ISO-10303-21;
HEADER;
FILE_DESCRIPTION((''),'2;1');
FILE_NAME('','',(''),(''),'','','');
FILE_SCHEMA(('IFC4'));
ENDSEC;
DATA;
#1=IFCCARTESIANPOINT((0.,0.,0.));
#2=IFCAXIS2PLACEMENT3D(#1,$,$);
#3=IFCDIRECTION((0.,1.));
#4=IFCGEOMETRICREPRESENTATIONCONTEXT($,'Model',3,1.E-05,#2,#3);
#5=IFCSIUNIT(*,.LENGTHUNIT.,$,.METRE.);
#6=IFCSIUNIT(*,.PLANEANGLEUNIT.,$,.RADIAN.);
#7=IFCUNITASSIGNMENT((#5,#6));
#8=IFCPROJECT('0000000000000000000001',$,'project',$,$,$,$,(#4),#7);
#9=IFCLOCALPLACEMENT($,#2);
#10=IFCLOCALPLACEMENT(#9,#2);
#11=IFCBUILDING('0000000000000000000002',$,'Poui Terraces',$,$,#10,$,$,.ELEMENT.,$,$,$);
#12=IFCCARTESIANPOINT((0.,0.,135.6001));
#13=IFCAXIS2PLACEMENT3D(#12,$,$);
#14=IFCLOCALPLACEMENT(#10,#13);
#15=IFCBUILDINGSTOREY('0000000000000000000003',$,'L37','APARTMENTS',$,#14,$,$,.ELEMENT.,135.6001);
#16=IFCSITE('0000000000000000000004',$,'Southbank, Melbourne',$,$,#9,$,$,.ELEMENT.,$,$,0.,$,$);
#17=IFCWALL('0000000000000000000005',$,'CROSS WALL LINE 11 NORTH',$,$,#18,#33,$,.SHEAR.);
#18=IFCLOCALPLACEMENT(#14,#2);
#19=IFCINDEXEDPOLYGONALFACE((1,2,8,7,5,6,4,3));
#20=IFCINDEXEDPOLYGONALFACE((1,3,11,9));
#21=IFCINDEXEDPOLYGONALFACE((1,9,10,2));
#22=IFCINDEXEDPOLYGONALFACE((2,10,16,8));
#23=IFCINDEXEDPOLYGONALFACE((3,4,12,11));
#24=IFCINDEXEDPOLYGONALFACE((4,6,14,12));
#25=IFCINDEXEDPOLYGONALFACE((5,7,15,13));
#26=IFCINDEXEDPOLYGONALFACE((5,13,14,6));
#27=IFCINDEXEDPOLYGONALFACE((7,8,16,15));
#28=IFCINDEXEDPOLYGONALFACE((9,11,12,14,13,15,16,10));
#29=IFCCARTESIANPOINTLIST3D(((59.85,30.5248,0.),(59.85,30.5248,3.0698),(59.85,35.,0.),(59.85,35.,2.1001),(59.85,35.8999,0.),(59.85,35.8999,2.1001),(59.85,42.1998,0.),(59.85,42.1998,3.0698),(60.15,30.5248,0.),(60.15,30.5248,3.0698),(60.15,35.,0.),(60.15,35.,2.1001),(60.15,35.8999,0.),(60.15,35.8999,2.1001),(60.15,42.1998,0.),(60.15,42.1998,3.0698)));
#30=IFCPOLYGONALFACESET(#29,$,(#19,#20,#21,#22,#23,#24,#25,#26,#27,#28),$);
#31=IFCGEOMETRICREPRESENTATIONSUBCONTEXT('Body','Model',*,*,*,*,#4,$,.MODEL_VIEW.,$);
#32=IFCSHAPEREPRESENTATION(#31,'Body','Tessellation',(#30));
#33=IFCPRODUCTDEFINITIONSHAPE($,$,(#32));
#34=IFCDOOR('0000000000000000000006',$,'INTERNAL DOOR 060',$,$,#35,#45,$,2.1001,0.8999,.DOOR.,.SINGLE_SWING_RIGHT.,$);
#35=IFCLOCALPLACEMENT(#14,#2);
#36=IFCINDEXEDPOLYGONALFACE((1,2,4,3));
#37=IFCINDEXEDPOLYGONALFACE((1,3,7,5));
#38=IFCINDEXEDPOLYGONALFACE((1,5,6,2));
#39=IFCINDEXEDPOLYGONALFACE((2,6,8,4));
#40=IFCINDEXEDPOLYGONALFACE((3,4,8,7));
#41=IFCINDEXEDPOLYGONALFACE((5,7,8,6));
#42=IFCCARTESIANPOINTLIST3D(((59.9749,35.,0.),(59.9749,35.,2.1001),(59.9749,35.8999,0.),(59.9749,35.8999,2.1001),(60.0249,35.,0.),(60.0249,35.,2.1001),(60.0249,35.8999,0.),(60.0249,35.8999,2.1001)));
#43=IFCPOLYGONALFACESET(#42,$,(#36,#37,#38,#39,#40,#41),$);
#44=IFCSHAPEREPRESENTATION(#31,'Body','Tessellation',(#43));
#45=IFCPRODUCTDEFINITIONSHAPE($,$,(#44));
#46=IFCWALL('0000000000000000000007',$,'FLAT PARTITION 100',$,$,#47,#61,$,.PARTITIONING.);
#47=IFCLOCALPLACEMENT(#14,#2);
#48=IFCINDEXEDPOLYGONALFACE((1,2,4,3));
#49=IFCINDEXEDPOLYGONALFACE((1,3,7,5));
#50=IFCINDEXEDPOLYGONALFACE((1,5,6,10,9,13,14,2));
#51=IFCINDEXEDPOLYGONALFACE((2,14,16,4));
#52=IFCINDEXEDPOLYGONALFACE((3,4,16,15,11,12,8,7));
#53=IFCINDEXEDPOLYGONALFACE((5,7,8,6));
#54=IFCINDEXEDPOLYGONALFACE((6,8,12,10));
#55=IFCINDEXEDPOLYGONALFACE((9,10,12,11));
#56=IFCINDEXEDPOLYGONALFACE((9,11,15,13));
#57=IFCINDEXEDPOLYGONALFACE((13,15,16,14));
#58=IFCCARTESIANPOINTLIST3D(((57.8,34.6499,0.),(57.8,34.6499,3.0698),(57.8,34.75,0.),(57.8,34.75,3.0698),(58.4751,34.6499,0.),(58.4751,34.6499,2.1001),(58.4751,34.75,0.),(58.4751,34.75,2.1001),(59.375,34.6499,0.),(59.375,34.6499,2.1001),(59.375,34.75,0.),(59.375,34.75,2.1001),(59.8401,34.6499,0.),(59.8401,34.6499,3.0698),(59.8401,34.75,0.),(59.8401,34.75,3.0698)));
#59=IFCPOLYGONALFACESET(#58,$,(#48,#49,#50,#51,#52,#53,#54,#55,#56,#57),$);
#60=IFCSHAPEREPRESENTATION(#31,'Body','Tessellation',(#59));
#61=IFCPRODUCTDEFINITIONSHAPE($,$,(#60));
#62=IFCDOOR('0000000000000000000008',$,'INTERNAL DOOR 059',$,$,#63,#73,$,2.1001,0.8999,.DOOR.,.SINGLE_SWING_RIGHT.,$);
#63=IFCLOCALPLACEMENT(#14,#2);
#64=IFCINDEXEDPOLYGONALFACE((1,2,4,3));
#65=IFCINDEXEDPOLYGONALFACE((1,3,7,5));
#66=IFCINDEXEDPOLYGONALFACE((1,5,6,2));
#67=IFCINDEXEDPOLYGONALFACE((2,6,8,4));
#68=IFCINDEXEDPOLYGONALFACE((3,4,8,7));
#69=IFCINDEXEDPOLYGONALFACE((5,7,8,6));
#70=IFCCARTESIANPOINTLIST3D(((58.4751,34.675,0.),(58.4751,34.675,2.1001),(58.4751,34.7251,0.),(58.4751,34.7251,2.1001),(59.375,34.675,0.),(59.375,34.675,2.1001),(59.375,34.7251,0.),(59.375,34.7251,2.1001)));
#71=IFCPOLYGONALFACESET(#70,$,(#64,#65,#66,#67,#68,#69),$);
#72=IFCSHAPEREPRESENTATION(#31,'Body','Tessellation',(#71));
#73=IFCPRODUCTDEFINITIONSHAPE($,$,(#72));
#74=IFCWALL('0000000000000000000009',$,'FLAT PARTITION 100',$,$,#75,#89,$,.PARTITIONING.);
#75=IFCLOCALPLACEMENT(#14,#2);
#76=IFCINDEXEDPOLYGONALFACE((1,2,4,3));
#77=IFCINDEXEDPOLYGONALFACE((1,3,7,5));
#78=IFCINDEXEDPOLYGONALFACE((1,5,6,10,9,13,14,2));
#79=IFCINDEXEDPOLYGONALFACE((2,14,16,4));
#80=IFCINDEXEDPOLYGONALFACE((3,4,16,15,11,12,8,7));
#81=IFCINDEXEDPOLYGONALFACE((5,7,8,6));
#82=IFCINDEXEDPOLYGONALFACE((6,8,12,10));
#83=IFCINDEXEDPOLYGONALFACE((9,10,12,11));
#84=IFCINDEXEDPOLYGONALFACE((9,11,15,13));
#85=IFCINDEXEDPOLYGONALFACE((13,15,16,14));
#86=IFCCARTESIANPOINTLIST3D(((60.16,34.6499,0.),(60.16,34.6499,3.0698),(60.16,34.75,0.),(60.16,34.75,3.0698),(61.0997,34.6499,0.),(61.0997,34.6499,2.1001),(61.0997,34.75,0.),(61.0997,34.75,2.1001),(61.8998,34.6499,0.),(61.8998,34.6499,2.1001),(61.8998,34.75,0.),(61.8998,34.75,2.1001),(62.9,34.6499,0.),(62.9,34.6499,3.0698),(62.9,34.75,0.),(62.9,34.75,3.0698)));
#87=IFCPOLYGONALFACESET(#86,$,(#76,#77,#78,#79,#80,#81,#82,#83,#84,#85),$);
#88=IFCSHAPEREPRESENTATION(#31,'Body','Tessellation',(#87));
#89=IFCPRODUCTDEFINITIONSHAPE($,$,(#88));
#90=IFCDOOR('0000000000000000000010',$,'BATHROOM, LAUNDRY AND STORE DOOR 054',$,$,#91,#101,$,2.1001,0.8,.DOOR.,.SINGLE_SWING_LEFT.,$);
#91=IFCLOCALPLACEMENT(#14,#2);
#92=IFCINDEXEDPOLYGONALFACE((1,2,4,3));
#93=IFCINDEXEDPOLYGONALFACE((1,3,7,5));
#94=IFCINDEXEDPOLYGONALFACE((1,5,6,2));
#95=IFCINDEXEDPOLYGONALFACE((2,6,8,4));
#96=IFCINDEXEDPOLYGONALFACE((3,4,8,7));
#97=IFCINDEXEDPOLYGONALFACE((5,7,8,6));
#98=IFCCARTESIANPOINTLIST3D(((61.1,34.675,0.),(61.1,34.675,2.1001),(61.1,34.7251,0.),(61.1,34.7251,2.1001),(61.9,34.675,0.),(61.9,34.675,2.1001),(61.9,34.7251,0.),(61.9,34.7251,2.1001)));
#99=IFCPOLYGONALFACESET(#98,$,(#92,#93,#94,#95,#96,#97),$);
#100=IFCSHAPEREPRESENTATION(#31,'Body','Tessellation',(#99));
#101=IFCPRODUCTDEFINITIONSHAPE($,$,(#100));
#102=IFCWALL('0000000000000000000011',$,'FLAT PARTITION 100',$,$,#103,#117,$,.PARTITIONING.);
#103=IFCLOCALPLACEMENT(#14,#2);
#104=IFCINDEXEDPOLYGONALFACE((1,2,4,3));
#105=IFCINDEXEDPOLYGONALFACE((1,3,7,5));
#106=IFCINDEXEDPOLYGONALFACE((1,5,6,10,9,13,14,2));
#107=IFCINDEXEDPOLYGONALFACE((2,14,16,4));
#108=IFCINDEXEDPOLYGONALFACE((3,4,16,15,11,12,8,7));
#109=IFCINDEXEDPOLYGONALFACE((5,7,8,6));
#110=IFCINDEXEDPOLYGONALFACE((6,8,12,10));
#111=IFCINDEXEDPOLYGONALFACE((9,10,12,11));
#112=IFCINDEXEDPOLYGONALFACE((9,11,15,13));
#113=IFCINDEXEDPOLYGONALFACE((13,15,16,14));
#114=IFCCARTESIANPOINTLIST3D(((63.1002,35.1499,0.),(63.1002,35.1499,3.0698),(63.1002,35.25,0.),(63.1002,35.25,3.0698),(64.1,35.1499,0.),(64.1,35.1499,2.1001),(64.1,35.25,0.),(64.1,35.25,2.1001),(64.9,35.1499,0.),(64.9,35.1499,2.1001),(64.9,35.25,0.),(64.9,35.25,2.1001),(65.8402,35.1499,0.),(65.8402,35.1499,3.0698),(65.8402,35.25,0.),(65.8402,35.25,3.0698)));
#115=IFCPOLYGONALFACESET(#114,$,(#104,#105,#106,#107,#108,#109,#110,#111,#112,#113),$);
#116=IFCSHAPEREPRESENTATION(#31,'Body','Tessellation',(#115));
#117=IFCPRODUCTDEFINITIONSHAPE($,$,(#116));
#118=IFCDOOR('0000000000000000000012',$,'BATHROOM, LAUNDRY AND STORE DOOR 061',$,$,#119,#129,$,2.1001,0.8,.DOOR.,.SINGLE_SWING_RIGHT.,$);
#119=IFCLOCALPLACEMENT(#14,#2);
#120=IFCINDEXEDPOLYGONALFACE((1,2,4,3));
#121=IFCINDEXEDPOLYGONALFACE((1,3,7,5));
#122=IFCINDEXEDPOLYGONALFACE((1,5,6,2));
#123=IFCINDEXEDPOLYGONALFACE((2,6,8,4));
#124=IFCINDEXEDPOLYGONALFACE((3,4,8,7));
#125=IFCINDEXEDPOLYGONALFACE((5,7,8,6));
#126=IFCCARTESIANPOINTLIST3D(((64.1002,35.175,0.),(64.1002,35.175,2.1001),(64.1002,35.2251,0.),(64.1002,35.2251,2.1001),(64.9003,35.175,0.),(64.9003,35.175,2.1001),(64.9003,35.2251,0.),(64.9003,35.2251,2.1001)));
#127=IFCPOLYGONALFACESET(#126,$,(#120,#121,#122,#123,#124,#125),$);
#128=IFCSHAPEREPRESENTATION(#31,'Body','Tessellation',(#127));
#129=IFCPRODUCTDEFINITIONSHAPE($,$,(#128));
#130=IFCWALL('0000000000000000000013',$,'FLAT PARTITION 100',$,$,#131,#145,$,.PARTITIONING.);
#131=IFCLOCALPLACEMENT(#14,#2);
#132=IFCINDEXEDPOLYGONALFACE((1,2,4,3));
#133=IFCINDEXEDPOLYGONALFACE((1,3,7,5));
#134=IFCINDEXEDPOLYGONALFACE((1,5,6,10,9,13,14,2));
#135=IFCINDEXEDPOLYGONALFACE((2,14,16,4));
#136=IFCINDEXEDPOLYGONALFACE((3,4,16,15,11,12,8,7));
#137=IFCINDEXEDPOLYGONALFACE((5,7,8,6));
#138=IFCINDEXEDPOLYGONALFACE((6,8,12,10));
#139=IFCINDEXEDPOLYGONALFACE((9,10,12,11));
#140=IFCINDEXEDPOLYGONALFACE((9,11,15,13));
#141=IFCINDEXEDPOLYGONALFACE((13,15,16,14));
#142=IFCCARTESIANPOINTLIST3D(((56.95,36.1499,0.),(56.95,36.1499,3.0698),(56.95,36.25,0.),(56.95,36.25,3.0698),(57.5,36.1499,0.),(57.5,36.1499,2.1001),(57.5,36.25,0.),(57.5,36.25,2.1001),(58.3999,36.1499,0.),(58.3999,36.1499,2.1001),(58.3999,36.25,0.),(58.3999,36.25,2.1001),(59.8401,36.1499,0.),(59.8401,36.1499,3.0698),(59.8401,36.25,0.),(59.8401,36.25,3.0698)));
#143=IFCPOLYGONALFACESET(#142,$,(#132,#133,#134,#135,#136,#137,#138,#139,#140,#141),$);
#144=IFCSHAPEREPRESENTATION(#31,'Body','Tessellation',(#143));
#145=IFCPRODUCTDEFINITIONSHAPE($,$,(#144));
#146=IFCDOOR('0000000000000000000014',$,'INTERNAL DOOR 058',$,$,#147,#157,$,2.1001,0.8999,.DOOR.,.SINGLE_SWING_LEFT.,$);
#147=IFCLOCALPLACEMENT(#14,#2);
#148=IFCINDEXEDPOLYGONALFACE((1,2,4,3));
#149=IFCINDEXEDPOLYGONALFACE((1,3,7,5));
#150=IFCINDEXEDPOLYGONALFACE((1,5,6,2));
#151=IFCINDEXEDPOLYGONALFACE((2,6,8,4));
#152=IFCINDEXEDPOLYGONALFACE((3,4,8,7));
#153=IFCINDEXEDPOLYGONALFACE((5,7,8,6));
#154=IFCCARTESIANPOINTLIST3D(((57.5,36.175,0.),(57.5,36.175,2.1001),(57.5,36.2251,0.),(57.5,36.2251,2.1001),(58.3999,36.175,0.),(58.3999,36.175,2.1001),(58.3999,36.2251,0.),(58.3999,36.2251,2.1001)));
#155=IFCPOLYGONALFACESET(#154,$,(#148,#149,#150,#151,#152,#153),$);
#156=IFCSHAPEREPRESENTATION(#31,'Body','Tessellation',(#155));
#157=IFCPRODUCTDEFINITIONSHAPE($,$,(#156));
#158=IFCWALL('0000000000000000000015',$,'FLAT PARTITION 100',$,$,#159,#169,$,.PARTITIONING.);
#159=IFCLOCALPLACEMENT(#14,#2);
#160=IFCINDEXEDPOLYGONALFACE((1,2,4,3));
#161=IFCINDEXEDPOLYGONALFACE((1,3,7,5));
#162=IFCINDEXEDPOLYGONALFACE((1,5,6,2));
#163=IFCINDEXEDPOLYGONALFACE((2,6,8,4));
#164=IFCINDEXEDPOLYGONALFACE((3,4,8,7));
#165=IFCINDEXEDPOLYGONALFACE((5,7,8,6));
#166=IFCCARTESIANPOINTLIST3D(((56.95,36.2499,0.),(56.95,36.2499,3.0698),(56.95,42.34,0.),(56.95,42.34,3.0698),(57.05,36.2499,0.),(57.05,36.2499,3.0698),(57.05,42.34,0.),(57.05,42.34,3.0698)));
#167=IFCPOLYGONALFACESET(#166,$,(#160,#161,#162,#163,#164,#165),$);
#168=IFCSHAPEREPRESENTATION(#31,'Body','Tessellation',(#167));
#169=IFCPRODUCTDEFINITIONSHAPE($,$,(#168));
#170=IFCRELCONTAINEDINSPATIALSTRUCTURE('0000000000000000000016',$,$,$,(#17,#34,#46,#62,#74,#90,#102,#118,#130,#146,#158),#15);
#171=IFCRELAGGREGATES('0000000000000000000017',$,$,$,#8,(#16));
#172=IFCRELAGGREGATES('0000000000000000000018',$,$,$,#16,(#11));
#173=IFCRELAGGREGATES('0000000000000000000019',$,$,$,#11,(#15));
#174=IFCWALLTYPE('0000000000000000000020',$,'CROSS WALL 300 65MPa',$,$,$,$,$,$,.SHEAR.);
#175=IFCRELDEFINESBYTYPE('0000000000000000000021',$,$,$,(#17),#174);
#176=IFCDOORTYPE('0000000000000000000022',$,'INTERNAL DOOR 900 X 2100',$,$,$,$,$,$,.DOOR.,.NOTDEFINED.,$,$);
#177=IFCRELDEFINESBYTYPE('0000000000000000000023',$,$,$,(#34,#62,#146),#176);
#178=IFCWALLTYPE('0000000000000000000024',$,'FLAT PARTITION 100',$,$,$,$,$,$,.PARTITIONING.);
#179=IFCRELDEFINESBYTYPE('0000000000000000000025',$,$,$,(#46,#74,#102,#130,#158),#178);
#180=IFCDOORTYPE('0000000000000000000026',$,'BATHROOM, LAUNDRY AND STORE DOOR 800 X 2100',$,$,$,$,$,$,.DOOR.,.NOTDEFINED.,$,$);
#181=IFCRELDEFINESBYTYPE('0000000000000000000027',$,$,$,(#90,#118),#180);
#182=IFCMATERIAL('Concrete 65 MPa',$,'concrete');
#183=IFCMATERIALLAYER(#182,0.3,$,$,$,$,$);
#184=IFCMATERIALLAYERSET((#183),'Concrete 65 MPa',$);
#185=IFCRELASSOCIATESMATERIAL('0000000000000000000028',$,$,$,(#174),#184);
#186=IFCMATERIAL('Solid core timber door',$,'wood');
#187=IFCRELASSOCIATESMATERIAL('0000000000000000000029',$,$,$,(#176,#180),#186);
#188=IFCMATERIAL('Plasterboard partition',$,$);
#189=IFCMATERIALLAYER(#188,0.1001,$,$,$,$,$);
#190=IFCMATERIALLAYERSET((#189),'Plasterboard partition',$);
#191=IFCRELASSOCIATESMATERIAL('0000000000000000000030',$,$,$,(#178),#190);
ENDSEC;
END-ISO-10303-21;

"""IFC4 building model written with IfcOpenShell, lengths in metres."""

from ifc_helpers import new_model, si_unit, direction, frame, frame_2d, origin, place, context, subcontext, project, spatial, rectangle, extrude, material, layer, layer_set, type_object, element, fill, save


model = new_model("IFC4")

# Units and contexts
model_context = context("Model", 3, precision=1e-05, world=origin(), true_north=direction((0.0, 1.0)))
body_context = subcontext(model_context, "Body", "Model", "MODEL_VIEW")
ifc_project = project(units=[si_unit("LENGTHUNIT", "METRE"), si_unit("PLANEANGLEUNIT", "RADIAN")], contexts=[model_context])

# Site, building, storey
site_placement = place(None, origin())
site = spatial("IfcSite", under=ifc_project, at=site_placement, Name="Southbank, Melbourne", CompositionType="ELEMENT", RefElevation=0.0)
building_placement = place(site_placement, origin())
building = spatial("IfcBuilding", under=site, at=building_placement, Name="Poui Terraces", CompositionType="ELEMENT")
storey_placement = place(building_placement, frame((0.0, 0.0, 135.6001)))
storey = spatial("IfcBuildingStorey", under=building, at=storey_placement, Name="L37", Description="APARTMENTS", CompositionType="ELEMENT", Elevation=135.6001)

# Walls, openings, doors
ifc_material_1 = material(Name="Concrete 65 MPa", Category="concrete")
ifc_layer_1 = layer(ifc_material_1, 0.3)
ifc_layer_set_1 = layer_set([ifc_layer_1], Name="Concrete 65 MPa")
wall_type_1 = type_object("IfcWallType", Name="CROSS WALL 300 65MPa", PredefinedType="SHEAR", material=ifc_layer_set_1)
wall_1_placement = place(storey_placement, frame((60.0, 30.5249, 0.0), z_axis=(0.0, 0.0, 1.0), x_axis=(0.0, 1.0, 0.0)))
wall_1 = element("IfcWall", 1, at=wall_1_placement, inside=storey, type_object=wall_type_1, Name="CROSS WALL LINE 11 NORTH", PredefinedType="SHEAR", context=body_context, shape_type="SweptSolid", body=[
    extrude(rectangle(XDim=11.675, YDim=0.3, at=frame_2d((5.8374, 0.0))), origin(), (0.0, 0.0, 1.0), 3.0698),
])
opening_1_placement = place(wall_1_placement, frame((4.4751, 0.0, 0.0)))
opening_1 = element("IfcOpeningElement", 2, at=opening_1_placement, cuts=wall_1, PredefinedType="OPENING", context=body_context, shape_type="SweptSolid", body=[
    extrude(rectangle(XDim=0.8999, YDim=2.1001, at=frame_2d((0.45, 1.05))), frame((0.0, 0.1602, 0.0), z_axis=(0.0, -1.0, 0.0), x_axis=(1.0, 0.0, 0.0)), (0.0, 0.0, 1.0), 0.3201),
])
ifc_material_2 = material(Name="Solid core timber door", Category="wood")
door_type_1 = type_object("IfcDoorType", Name="INTERNAL DOOR 900 X 2100", OperationType="NOTDEFINED", PredefinedType="DOOR", material=ifc_material_2)
door_1_placement = place(opening_1_placement, frame((0.8999, 0.0, 0.0), z_axis=(0.0, 0.0, 1.0), x_axis=(-1.0, 0.0, 0.0)))
door_1 = element("IfcDoor", 3, at=door_1_placement, inside=storey, type_object=door_type_1, Name="INTERNAL DOOR 060", OperationType="SINGLE_SWING_RIGHT", OverallHeight=2.1001, OverallWidth=0.8999, PredefinedType="DOOR", context=body_context, shape_type="SweptSolid", body=[
    extrude(rectangle(XDim=0.8999, YDim=2.1001, at=frame_2d((0.45, 1.05))), frame((0.0, 0.0249, 0.0), z_axis=(0.0, -1.0, 0.0), x_axis=(1.0, 0.0, 0.0)), (0.0, 0.0, 1.0), 0.05),
])
fill(opening_1, door_1)
ifc_material_3 = material(Name="Plasterboard partition")
ifc_layer_2 = layer(ifc_material_3, 0.1001)
ifc_layer_set_2 = layer_set([ifc_layer_2], Name="Plasterboard partition")
wall_type_2 = type_object("IfcWallType", Name="FLAT PARTITION 100", PredefinedType="PARTITIONING", material=ifc_layer_set_2)
wall_2_placement = place(storey_placement, frame((57.8, 34.7, 0.0), z_axis=(0.0, 0.0, 1.0), x_axis=(1.0, 0.0, 0.0)))
wall_2 = element("IfcWall", 4, at=wall_2_placement, inside=storey, type_object=wall_type_2, Name="FLAT PARTITION 100", PredefinedType="PARTITIONING", context=body_context, shape_type="SweptSolid", body=[
    extrude(rectangle(XDim=2.04, YDim=0.1001, at=frame_2d((1.02, 0.0))), origin(), (0.0, 0.0, 1.0), 3.0698),
])
opening_2_placement = place(wall_2_placement, frame((0.675, 0.0, 0.0)))
opening_2 = element("IfcOpeningElement", 5, at=opening_2_placement, cuts=wall_2, PredefinedType="OPENING", context=body_context, shape_type="SweptSolid", body=[
    extrude(rectangle(XDim=0.8999, YDim=2.1001, at=frame_2d((0.45, 1.05))), frame((0.0, 0.0601, 0.0), z_axis=(0.0, -1.0, 0.0), x_axis=(1.0, 0.0, 0.0)), (0.0, 0.0, 1.0), 0.1201),
])
door_2_placement = place(opening_2_placement, frame((0.8999, 0.0, 0.0), z_axis=(0.0, 0.0, 1.0), x_axis=(-1.0, 0.0, 0.0)))
door_2 = element("IfcDoor", 6, at=door_2_placement, inside=storey, type_object=door_type_1, Name="INTERNAL DOOR 059", OperationType="SINGLE_SWING_RIGHT", OverallHeight=2.1001, OverallWidth=0.8999, PredefinedType="DOOR", context=body_context, shape_type="SweptSolid", body=[
    extrude(rectangle(XDim=0.8999, YDim=2.1001, at=frame_2d((0.45, 1.05))), frame((0.0, 0.0249, 0.0), z_axis=(0.0, -1.0, 0.0), x_axis=(1.0, 0.0, 0.0)), (0.0, 0.0, 1.0), 0.05),
])
fill(opening_2, door_2)
wall_3_placement = place(storey_placement, frame((60.1599, 34.7, 0.0), z_axis=(0.0, 0.0, 1.0), x_axis=(1.0, 0.0, 0.0)))
wall_3 = element("IfcWall", 7, at=wall_3_placement, inside=storey, type_object=wall_type_2, Name="FLAT PARTITION 100", PredefinedType="PARTITIONING", context=body_context, shape_type="SweptSolid", body=[
    extrude(rectangle(XDim=2.74, YDim=0.1001, at=frame_2d((1.3701, 0.0))), origin(), (0.0, 0.0, 1.0), 3.0698),
])
opening_3_placement = place(wall_3_placement, frame((0.9399, 0.0, 0.0)))
opening_3 = element("IfcOpeningElement", 8, at=opening_3_placement, cuts=wall_3, PredefinedType="OPENING", context=body_context, shape_type="SweptSolid", body=[
    extrude(rectangle(XDim=0.8, YDim=2.1001, at=frame_2d((0.3999, 1.05))), frame((0.0, 0.0601, 0.0), z_axis=(0.0, -1.0, 0.0), x_axis=(1.0, 0.0, 0.0)), (0.0, 0.0, 1.0), 0.1201),
])
door_type_2 = type_object("IfcDoorType", Name="BATHROOM, LAUNDRY AND STORE DOOR 800 X 2100", OperationType="NOTDEFINED", PredefinedType="DOOR", material=ifc_material_2)
door_3_placement = place(opening_3_placement, frame((0.8, 0.0, 0.0), z_axis=(0.0, 0.0, 1.0), x_axis=(-1.0, 0.0, 0.0)))
door_3 = element("IfcDoor", 9, at=door_3_placement, inside=storey, type_object=door_type_2, Name="BATHROOM, LAUNDRY AND STORE DOOR 054", OperationType="SINGLE_SWING_LEFT", OverallHeight=2.1001, OverallWidth=0.8, PredefinedType="DOOR", context=body_context, shape_type="SweptSolid", body=[
    extrude(rectangle(XDim=0.8, YDim=2.1001, at=frame_2d((0.3999, 1.05))), frame((0.0, 0.0249, 0.0), z_axis=(0.0, -1.0, 0.0), x_axis=(1.0, 0.0, 0.0)), (0.0, 0.0, 1.0), 0.05),
])
fill(opening_3, door_3)
wall_4_placement = place(storey_placement, frame((63.1001, 35.2, 0.0), z_axis=(0.0, 0.0, 1.0), x_axis=(1.0, 0.0, 0.0)))
wall_4 = element("IfcWall", 10, at=wall_4_placement, inside=storey, type_object=wall_type_2, Name="FLAT PARTITION 100", PredefinedType="PARTITIONING", context=body_context, shape_type="SweptSolid", body=[
    extrude(rectangle(XDim=2.74, YDim=0.1001, at=frame_2d((1.3701, 0.0))), origin(), (0.0, 0.0, 1.0), 3.0698),
])
opening_4_placement = place(wall_4_placement, frame((1.0, 0.0, 0.0)))
opening_4 = element("IfcOpeningElement", 11, at=opening_4_placement, cuts=wall_4, PredefinedType="OPENING", context=body_context, shape_type="SweptSolid", body=[
    extrude(rectangle(XDim=0.8, YDim=2.1001, at=frame_2d((0.3999, 1.05))), frame((0.0, 0.0601, 0.0), z_axis=(0.0, -1.0, 0.0), x_axis=(1.0, 0.0, 0.0)), (0.0, 0.0, 1.0), 0.1201),
])
door_4_placement = place(opening_4_placement, frame((0.8, 0.0, 0.0), z_axis=(0.0, 0.0, 1.0), x_axis=(-1.0, 0.0, 0.0)))
door_4 = element("IfcDoor", 12, at=door_4_placement, inside=storey, type_object=door_type_2, Name="BATHROOM, LAUNDRY AND STORE DOOR 061", OperationType="SINGLE_SWING_RIGHT", OverallHeight=2.1001, OverallWidth=0.8, PredefinedType="DOOR", context=body_context, shape_type="SweptSolid", body=[
    extrude(rectangle(XDim=0.8, YDim=2.1001, at=frame_2d((0.3999, 1.05))), frame((0.0, 0.0249, 0.0), z_axis=(0.0, -1.0, 0.0), x_axis=(1.0, 0.0, 0.0)), (0.0, 0.0, 1.0), 0.05),
])
fill(opening_4, door_4)
wall_5_placement = place(storey_placement, frame((56.95, 36.2, 0.0), z_axis=(0.0, 0.0, 1.0), x_axis=(1.0, 0.0, 0.0)))
wall_5 = element("IfcWall", 13, at=wall_5_placement, inside=storey, type_object=wall_type_2, Name="FLAT PARTITION 100", PredefinedType="PARTITIONING", context=body_context, shape_type="SweptSolid", body=[
    extrude(rectangle(XDim=2.8901, YDim=0.1001, at=frame_2d((1.4451, 0.0))), origin(), (0.0, 0.0, 1.0), 3.0698),
])
opening_5_placement = place(wall_5_placement, frame((0.55, 0.0, 0.0)))
opening_5 = element("IfcOpeningElement", 14, at=opening_5_placement, cuts=wall_5, PredefinedType="OPENING", context=body_context, shape_type="SweptSolid", body=[
    extrude(rectangle(XDim=0.8999, YDim=2.1001, at=frame_2d((0.45, 1.05))), frame((0.0, 0.0601, 0.0), z_axis=(0.0, -1.0, 0.0), x_axis=(1.0, 0.0, 0.0)), (0.0, 0.0, 1.0), 0.1201),
])
door_5_placement = place(opening_5_placement, frame((0.8999, 0.0, 0.0), z_axis=(0.0, 0.0, 1.0), x_axis=(-1.0, 0.0, 0.0)))
door_5 = element("IfcDoor", 15, at=door_5_placement, inside=storey, type_object=door_type_1, Name="INTERNAL DOOR 058", OperationType="SINGLE_SWING_LEFT", OverallHeight=2.1001, OverallWidth=0.8999, PredefinedType="DOOR", context=body_context, shape_type="SweptSolid", body=[
    extrude(rectangle(XDim=0.8999, YDim=2.1001, at=frame_2d((0.45, 1.05))), frame((0.0, 0.0249, 0.0), z_axis=(0.0, -1.0, 0.0), x_axis=(1.0, 0.0, 0.0)), (0.0, 0.0, 1.0), 0.05),
])
fill(opening_5, door_5)

# Wall
wall_6_placement = place(storey_placement, frame((57.0, 36.25, 0.0), z_axis=(0.0, 0.0, 1.0), x_axis=(0.0, 1.0, 0.0)))
element("IfcWall", 16, at=wall_6_placement, inside=storey, type_object=wall_type_2, Name="FLAT PARTITION 100", PredefinedType="PARTITIONING", context=body_context, shape_type="SweptSolid", body=[
    extrude(rectangle(XDim=6.0901, YDim=0.1001, at=frame_2d((3.0449, 0.0))), origin(), (0.0, 0.0, 1.0), 3.0698),
])

save(model, "model.ifc")
